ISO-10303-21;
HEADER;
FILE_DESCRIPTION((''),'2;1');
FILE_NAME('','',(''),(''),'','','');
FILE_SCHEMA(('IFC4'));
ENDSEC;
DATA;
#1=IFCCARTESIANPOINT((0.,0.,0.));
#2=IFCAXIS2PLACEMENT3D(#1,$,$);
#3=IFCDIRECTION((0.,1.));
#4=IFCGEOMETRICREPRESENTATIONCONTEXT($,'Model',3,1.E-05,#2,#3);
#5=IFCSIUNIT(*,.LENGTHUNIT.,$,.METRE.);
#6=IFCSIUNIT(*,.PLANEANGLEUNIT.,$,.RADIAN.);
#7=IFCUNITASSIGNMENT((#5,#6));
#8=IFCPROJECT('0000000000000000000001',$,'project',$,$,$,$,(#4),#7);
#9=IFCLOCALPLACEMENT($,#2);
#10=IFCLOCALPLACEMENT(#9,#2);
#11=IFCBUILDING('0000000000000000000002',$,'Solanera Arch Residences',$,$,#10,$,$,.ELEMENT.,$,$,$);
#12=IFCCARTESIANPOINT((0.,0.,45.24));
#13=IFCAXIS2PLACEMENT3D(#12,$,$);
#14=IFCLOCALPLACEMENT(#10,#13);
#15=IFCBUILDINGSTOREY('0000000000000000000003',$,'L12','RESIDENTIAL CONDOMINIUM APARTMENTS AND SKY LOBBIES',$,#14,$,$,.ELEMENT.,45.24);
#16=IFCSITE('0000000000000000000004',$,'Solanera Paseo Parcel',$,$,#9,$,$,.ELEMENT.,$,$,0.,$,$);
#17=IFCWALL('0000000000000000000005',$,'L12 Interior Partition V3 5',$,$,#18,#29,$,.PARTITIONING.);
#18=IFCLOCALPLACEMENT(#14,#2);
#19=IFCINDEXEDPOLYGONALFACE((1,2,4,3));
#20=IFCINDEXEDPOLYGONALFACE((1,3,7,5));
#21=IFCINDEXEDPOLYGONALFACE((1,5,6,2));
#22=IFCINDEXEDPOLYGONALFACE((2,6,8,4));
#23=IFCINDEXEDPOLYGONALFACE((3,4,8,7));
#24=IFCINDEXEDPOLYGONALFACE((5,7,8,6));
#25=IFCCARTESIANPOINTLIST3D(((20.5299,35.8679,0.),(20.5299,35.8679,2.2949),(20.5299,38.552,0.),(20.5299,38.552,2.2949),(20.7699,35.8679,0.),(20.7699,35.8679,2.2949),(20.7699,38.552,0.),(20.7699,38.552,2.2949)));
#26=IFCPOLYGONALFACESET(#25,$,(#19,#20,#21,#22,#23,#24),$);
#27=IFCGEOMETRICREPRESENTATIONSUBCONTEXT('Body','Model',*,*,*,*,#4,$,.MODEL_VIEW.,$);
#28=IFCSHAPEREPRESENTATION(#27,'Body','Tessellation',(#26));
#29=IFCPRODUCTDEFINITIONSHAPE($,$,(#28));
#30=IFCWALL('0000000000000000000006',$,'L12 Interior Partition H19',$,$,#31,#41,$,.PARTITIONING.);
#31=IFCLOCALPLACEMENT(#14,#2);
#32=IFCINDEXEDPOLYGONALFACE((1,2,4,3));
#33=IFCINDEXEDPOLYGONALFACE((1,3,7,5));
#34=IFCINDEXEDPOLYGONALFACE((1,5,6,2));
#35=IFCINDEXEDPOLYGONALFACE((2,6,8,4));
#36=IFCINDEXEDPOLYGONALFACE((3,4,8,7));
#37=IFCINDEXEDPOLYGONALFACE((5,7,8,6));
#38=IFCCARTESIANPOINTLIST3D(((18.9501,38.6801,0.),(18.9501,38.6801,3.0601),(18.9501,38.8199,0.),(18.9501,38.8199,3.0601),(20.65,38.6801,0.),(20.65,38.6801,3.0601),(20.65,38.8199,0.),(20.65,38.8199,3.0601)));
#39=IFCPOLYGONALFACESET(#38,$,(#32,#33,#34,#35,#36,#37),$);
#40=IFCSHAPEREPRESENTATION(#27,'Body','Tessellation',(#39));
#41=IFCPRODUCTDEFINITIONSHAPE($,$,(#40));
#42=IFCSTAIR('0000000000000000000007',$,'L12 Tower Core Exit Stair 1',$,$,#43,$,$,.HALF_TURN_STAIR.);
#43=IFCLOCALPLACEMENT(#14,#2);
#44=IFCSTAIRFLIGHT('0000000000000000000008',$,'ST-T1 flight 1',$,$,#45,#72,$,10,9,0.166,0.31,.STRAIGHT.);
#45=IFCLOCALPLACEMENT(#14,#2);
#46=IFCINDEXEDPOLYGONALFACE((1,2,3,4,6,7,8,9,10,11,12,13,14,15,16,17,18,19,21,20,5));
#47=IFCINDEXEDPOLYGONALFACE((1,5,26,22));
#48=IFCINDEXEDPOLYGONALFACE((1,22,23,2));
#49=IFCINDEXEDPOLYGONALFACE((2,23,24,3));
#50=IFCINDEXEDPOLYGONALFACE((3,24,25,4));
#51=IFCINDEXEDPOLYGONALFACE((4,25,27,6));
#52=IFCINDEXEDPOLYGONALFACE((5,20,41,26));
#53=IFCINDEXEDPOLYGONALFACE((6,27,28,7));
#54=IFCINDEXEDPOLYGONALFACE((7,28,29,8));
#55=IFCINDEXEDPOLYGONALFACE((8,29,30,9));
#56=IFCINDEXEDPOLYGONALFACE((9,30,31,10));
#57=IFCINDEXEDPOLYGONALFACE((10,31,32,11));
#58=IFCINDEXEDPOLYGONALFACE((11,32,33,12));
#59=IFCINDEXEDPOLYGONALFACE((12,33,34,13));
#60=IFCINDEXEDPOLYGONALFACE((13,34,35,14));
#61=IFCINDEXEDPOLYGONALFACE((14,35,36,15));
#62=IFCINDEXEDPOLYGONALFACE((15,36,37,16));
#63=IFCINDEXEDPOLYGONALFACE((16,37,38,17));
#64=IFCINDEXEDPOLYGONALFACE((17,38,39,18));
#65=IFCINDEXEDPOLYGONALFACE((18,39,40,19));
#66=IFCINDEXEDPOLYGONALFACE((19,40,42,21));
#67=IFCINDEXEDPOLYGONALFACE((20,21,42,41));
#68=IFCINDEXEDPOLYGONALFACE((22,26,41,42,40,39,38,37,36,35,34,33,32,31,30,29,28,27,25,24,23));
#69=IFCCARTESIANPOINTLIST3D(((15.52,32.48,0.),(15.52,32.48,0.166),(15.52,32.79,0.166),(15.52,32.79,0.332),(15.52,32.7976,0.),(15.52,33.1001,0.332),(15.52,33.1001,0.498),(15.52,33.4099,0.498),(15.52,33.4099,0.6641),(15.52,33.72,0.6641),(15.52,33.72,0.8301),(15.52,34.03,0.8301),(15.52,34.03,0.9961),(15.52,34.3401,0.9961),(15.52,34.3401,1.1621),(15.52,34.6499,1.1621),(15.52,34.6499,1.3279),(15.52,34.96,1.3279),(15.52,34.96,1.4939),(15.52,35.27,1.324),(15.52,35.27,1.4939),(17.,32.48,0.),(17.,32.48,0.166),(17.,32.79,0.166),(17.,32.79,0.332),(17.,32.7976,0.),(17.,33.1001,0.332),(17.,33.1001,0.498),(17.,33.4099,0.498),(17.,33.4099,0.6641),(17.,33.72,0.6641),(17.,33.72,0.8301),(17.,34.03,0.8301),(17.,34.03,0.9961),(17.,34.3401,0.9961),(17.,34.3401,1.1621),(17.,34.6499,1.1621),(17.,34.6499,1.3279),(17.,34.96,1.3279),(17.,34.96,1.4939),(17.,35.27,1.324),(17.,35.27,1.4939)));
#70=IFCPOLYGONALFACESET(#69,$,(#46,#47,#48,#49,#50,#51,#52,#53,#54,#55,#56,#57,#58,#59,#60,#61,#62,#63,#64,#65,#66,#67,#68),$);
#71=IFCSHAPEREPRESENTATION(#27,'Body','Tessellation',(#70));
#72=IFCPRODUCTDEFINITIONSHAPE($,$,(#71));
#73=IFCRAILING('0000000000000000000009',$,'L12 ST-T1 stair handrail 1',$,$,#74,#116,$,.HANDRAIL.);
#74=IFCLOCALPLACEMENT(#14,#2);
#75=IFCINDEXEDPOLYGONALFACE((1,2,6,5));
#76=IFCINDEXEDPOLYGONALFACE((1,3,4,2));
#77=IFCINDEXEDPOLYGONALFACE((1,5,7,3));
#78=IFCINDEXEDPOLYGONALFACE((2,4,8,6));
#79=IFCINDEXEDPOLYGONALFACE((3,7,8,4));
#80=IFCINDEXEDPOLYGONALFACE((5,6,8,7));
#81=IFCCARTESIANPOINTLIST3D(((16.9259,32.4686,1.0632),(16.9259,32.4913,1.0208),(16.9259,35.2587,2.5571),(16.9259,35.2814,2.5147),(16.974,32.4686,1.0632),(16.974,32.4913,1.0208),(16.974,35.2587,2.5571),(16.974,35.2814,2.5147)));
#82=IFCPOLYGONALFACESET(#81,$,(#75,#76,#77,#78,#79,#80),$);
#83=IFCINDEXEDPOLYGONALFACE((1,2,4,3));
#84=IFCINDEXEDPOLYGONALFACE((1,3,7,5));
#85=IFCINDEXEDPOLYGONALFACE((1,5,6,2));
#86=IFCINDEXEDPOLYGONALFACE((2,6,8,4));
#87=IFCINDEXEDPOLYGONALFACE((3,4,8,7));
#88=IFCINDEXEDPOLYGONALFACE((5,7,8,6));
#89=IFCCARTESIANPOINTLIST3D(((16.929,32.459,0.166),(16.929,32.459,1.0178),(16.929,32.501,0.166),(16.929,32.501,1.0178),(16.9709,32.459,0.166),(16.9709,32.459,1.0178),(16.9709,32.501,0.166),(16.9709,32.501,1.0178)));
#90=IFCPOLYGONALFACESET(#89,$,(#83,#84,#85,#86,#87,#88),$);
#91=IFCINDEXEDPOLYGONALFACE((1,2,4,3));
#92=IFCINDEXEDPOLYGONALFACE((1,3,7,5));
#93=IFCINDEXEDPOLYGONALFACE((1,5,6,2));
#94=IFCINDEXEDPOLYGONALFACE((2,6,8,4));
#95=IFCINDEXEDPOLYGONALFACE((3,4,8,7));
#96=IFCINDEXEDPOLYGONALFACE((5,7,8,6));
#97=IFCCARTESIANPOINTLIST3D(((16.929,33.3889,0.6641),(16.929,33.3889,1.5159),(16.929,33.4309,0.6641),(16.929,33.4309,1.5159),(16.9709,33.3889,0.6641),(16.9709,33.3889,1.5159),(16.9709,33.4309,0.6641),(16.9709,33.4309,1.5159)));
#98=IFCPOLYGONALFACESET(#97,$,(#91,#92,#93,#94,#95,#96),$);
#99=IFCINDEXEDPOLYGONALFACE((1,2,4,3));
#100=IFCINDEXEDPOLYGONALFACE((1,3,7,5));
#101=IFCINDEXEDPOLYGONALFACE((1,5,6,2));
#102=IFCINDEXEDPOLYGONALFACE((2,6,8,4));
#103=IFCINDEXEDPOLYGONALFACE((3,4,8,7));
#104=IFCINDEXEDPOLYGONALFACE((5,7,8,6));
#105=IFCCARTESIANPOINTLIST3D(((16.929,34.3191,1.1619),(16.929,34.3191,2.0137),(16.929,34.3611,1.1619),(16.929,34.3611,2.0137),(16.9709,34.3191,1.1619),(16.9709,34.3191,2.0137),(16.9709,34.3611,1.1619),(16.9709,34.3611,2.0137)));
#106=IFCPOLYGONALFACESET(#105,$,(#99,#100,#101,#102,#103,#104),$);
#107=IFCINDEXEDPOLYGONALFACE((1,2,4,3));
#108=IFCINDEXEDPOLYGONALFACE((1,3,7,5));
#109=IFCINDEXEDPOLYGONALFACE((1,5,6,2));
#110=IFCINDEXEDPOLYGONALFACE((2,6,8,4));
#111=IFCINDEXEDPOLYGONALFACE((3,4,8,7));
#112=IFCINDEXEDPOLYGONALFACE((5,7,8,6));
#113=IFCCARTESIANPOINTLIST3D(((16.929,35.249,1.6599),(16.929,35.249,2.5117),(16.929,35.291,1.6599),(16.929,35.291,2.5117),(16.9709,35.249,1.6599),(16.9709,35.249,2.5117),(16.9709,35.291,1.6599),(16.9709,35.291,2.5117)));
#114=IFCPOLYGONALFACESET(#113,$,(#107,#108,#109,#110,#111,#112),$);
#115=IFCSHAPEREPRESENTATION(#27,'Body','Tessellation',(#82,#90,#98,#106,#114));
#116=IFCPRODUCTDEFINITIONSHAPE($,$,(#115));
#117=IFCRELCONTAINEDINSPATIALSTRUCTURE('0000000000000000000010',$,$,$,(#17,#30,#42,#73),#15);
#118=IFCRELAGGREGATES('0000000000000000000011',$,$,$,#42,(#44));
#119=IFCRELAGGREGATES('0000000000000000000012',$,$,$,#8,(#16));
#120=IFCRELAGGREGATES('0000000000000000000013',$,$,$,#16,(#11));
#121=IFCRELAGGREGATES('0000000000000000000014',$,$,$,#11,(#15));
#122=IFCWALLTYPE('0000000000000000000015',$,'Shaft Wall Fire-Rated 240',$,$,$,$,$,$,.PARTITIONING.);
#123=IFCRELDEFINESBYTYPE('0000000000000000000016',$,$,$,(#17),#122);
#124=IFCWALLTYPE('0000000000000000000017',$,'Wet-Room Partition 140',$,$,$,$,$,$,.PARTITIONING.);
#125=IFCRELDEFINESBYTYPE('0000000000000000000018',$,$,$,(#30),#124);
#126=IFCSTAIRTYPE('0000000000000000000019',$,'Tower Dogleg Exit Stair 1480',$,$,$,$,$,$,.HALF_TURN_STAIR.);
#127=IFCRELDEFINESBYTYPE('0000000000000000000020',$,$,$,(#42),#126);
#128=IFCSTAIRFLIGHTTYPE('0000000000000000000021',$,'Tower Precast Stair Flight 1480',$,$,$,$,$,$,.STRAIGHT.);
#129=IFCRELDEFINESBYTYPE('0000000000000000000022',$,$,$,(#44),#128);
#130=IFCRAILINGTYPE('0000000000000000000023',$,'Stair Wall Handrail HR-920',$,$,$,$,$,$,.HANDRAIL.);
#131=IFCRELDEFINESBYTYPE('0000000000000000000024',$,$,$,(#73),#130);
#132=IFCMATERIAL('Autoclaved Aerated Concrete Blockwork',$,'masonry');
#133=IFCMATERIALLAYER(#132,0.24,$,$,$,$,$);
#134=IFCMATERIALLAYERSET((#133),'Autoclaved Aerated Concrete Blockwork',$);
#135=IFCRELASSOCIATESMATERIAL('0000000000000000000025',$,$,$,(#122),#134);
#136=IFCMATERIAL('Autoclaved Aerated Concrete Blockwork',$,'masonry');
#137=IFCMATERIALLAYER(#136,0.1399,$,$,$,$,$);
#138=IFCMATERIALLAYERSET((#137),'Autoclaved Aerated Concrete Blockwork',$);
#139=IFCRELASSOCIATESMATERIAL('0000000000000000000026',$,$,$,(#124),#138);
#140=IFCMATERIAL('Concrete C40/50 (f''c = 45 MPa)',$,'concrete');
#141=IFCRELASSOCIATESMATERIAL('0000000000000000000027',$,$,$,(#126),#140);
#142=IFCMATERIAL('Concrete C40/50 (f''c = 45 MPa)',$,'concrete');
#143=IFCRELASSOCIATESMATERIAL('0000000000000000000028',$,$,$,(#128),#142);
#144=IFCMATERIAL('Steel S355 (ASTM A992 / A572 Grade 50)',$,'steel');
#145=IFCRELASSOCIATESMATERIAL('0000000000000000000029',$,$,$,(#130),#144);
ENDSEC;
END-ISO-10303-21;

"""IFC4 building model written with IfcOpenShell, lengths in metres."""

from ifc_helpers import new_model, si_unit, direction, frame, frame_2d, origin, origin_2d, place, context, subcontext, project, spatial, polyline, rectangle, outline, extrude, material, layer, layer_set, type_object, element, aggregate, save


model = new_model("IFC4")

# Units and contexts
model_context = context("Model", 3, precision=1e-05, world=origin(), true_north=direction((0.0, 1.0)))
body_context = subcontext(model_context, "Body", "Model", "MODEL_VIEW")
ifc_project = project(units=[si_unit("LENGTHUNIT", "METRE"), si_unit("PLANEANGLEUNIT", "RADIAN")], contexts=[model_context])

# Site, building, storey
site_placement = place(None, origin())
site = spatial("IfcSite", under=ifc_project, at=site_placement, Name="Solanera Paseo Parcel", CompositionType="ELEMENT", RefElevation=0.0)
building_placement = place(site_placement, origin())
building = spatial("IfcBuilding", under=site, at=building_placement, Name="Solanera Arch Residences", CompositionType="ELEMENT")
storey_placement = place(building_placement, frame((0.0, 0.0, 45.24)))
storey = spatial("IfcBuildingStorey", under=building, at=storey_placement, Name="L12", Description="RESIDENTIAL CONDOMINIUM APARTMENTS AND SKY LOBBIES", CompositionType="ELEMENT", Elevation=45.24)

# Shared definitions
ifc_material_1 = material(Name="Autoclaved Aerated Concrete Blockwork", Category="masonry")
ifc_layer_1 = layer(ifc_material_1, 0.24)
ifc_layer_set_1 = layer_set([ifc_layer_1], Name="Autoclaved Aerated Concrete Blockwork")
wall_type_1 = type_object("IfcWallType", Name="Shaft Wall Fire-Rated 240", PredefinedType="PARTITIONING", material=ifc_layer_set_1)

# Walls
wall_1_placement = place(storey_placement, frame((20.6499, 35.8679, 0.0), z_axis=(0.0, 0.0, 1.0), x_axis=(0.0, 1.0, 0.0)))
element("IfcWall", 1, at=wall_1_placement, inside=storey, type_object=wall_type_1, Name="L12 Interior Partition V3 5", PredefinedType="PARTITIONING", context=body_context, shape_type="SweptSolid", body=[
    extrude(rectangle(XDim=2.6841, YDim=0.24, at=frame_2d((1.342, 0.0))), origin(), (0.0, 0.0, 1.0), 2.2949),
])
ifc_material_2 = material(Name="Autoclaved Aerated Concrete Blockwork", Category="masonry")
ifc_layer_2 = layer(ifc_material_2, 0.1399)
ifc_layer_set_2 = layer_set([ifc_layer_2], Name="Autoclaved Aerated Concrete Blockwork")
wall_type_2 = type_object("IfcWallType", Name="Wet-Room Partition 140", PredefinedType="PARTITIONING", material=ifc_layer_set_2)
wall_2_placement = place(storey_placement, frame((18.95, 38.75, 0.0), z_axis=(0.0, 0.0, 1.0), x_axis=(1.0, 0.0, 0.0)))
element("IfcWall", 2, at=wall_2_placement, inside=storey, type_object=wall_type_2, Name="L12 Interior Partition H19", PredefinedType="PARTITIONING", context=body_context, shape_type="SweptSolid", body=[
    extrude(rectangle(XDim=1.7, YDim=0.1399, at=frame_2d((0.8501, 0.0))), origin(), (0.0, 0.0, 1.0), 3.0601),
])

# Stair, stair flight
ifc_material_3 = material(Name="Concrete C40/50 (f'c = 45 MPa)", Category="concrete")
stair_type = type_object("IfcStairType", Name="Tower Dogleg Exit Stair 1480", PredefinedType="HALF_TURN_STAIR", material=ifc_material_3)
stair_placement = place(storey_placement, origin())
stair = element("IfcStair", 3, at=stair_placement, inside=storey, type_object=stair_type, Name="L12 Tower Core Exit Stair 1", PredefinedType="HALF_TURN_STAIR")
ifc_material_4 = material(Name="Concrete C40/50 (f'c = 45 MPa)", Category="concrete")
stair_flight_type = type_object("IfcStairFlightType", Name="Tower Precast Stair Flight 1480", PredefinedType="STRAIGHT", material=ifc_material_4)
stair_flight_placement = place(storey_placement, frame((16.26, 32.48, 0.0), z_axis=(0.0, 0.0, 1.0), x_axis=(0.0, 1.0, 0.0)))
stair_flight = element("IfcStairFlight", 4, at=stair_flight_placement, type_object=stair_flight_type, Name="ST-T1 flight 1", NumberOfRisers=10, NumberOfTreads=9, PredefinedType="STRAIGHT", RiserHeight=0.166, TreadLength=0.31, context=body_context, shape_type="SweptSolid", body=[
    extrude(outline(polyline([(0.0, 0.0), (0.0, 0.166), (0.3101, 0.166), (0.3101, 0.332), (0.6201, 0.332), (0.6201, 0.498), (0.9299, 0.498), (0.9299, 0.6641), (1.24, 0.6641), (1.24, 0.8301), (1.55, 0.8301), (1.55, 0.9961), (1.8601, 0.9961), (1.8601, 1.1621), (2.1699, 1.1621), (2.1699, 1.3279), (2.48, 1.3279), (2.48, 1.4939), (2.79, 1.4939), (2.79, 1.6599), (2.79, 1.324), (0.3176, 0.0), (0.0, 0.0)])), frame((0.0, 0.74, 0.0), z_axis=(0.0, -1.0, 0.0), x_axis=(1.0, 0.0, 0.0)), (0.0, 0.0, 1.0), 1.48),
])
aggregate(stair, [stair_flight])

# Railing
ifc_material_5 = material(Name="Steel S355 (ASTM A992 / A572 Grade 50)", Category="steel")
railing_type = type_object("IfcRailingType", Name="Stair Wall Handrail HR-920", PredefinedType="HANDRAIL", material=ifc_material_5)
railing_placement = place(storey_placement, frame((16.95, 32.48, 0.166)))
element("IfcRailing", 5, at=railing_placement, inside=storey, type_object=railing_type, Name="L12 ST-T1 stair handrail 1", PredefinedType="HANDRAIL", context=body_context, shape_type="SweptSolid", body=[
    extrude(rectangle(XDim=0.0481, YDim=0.0481, at=origin_2d()), frame((0.0, 0.0, 0.876), z_axis=(0.0, 0.881581, 0.472033), x_axis=(-1.0, 0.0, 0.0)), (0.0, 0.0, 1.0), 3.1648),
    extrude(rectangle(XDim=0.042, YDim=0.042, at=origin_2d()), origin(), (0.0, 0.0, 1.0), 0.8518),
    extrude(rectangle(XDim=0.042, YDim=0.042, at=origin_2d()), frame((0.0, 0.9299, 0.498)), (0.0, 0.0, 1.0), 0.8518),
    extrude(rectangle(XDim=0.042, YDim=0.042, at=origin_2d()), frame((0.0, 1.8601, 0.9958)), (0.0, 0.0, 1.0), 0.8518),
    extrude(rectangle(XDim=0.042, YDim=0.042, at=origin_2d()), frame((0.0, 2.79, 1.4939)), (0.0, 0.0, 1.0), 0.8518),
])

save(model, "model.ifc")
